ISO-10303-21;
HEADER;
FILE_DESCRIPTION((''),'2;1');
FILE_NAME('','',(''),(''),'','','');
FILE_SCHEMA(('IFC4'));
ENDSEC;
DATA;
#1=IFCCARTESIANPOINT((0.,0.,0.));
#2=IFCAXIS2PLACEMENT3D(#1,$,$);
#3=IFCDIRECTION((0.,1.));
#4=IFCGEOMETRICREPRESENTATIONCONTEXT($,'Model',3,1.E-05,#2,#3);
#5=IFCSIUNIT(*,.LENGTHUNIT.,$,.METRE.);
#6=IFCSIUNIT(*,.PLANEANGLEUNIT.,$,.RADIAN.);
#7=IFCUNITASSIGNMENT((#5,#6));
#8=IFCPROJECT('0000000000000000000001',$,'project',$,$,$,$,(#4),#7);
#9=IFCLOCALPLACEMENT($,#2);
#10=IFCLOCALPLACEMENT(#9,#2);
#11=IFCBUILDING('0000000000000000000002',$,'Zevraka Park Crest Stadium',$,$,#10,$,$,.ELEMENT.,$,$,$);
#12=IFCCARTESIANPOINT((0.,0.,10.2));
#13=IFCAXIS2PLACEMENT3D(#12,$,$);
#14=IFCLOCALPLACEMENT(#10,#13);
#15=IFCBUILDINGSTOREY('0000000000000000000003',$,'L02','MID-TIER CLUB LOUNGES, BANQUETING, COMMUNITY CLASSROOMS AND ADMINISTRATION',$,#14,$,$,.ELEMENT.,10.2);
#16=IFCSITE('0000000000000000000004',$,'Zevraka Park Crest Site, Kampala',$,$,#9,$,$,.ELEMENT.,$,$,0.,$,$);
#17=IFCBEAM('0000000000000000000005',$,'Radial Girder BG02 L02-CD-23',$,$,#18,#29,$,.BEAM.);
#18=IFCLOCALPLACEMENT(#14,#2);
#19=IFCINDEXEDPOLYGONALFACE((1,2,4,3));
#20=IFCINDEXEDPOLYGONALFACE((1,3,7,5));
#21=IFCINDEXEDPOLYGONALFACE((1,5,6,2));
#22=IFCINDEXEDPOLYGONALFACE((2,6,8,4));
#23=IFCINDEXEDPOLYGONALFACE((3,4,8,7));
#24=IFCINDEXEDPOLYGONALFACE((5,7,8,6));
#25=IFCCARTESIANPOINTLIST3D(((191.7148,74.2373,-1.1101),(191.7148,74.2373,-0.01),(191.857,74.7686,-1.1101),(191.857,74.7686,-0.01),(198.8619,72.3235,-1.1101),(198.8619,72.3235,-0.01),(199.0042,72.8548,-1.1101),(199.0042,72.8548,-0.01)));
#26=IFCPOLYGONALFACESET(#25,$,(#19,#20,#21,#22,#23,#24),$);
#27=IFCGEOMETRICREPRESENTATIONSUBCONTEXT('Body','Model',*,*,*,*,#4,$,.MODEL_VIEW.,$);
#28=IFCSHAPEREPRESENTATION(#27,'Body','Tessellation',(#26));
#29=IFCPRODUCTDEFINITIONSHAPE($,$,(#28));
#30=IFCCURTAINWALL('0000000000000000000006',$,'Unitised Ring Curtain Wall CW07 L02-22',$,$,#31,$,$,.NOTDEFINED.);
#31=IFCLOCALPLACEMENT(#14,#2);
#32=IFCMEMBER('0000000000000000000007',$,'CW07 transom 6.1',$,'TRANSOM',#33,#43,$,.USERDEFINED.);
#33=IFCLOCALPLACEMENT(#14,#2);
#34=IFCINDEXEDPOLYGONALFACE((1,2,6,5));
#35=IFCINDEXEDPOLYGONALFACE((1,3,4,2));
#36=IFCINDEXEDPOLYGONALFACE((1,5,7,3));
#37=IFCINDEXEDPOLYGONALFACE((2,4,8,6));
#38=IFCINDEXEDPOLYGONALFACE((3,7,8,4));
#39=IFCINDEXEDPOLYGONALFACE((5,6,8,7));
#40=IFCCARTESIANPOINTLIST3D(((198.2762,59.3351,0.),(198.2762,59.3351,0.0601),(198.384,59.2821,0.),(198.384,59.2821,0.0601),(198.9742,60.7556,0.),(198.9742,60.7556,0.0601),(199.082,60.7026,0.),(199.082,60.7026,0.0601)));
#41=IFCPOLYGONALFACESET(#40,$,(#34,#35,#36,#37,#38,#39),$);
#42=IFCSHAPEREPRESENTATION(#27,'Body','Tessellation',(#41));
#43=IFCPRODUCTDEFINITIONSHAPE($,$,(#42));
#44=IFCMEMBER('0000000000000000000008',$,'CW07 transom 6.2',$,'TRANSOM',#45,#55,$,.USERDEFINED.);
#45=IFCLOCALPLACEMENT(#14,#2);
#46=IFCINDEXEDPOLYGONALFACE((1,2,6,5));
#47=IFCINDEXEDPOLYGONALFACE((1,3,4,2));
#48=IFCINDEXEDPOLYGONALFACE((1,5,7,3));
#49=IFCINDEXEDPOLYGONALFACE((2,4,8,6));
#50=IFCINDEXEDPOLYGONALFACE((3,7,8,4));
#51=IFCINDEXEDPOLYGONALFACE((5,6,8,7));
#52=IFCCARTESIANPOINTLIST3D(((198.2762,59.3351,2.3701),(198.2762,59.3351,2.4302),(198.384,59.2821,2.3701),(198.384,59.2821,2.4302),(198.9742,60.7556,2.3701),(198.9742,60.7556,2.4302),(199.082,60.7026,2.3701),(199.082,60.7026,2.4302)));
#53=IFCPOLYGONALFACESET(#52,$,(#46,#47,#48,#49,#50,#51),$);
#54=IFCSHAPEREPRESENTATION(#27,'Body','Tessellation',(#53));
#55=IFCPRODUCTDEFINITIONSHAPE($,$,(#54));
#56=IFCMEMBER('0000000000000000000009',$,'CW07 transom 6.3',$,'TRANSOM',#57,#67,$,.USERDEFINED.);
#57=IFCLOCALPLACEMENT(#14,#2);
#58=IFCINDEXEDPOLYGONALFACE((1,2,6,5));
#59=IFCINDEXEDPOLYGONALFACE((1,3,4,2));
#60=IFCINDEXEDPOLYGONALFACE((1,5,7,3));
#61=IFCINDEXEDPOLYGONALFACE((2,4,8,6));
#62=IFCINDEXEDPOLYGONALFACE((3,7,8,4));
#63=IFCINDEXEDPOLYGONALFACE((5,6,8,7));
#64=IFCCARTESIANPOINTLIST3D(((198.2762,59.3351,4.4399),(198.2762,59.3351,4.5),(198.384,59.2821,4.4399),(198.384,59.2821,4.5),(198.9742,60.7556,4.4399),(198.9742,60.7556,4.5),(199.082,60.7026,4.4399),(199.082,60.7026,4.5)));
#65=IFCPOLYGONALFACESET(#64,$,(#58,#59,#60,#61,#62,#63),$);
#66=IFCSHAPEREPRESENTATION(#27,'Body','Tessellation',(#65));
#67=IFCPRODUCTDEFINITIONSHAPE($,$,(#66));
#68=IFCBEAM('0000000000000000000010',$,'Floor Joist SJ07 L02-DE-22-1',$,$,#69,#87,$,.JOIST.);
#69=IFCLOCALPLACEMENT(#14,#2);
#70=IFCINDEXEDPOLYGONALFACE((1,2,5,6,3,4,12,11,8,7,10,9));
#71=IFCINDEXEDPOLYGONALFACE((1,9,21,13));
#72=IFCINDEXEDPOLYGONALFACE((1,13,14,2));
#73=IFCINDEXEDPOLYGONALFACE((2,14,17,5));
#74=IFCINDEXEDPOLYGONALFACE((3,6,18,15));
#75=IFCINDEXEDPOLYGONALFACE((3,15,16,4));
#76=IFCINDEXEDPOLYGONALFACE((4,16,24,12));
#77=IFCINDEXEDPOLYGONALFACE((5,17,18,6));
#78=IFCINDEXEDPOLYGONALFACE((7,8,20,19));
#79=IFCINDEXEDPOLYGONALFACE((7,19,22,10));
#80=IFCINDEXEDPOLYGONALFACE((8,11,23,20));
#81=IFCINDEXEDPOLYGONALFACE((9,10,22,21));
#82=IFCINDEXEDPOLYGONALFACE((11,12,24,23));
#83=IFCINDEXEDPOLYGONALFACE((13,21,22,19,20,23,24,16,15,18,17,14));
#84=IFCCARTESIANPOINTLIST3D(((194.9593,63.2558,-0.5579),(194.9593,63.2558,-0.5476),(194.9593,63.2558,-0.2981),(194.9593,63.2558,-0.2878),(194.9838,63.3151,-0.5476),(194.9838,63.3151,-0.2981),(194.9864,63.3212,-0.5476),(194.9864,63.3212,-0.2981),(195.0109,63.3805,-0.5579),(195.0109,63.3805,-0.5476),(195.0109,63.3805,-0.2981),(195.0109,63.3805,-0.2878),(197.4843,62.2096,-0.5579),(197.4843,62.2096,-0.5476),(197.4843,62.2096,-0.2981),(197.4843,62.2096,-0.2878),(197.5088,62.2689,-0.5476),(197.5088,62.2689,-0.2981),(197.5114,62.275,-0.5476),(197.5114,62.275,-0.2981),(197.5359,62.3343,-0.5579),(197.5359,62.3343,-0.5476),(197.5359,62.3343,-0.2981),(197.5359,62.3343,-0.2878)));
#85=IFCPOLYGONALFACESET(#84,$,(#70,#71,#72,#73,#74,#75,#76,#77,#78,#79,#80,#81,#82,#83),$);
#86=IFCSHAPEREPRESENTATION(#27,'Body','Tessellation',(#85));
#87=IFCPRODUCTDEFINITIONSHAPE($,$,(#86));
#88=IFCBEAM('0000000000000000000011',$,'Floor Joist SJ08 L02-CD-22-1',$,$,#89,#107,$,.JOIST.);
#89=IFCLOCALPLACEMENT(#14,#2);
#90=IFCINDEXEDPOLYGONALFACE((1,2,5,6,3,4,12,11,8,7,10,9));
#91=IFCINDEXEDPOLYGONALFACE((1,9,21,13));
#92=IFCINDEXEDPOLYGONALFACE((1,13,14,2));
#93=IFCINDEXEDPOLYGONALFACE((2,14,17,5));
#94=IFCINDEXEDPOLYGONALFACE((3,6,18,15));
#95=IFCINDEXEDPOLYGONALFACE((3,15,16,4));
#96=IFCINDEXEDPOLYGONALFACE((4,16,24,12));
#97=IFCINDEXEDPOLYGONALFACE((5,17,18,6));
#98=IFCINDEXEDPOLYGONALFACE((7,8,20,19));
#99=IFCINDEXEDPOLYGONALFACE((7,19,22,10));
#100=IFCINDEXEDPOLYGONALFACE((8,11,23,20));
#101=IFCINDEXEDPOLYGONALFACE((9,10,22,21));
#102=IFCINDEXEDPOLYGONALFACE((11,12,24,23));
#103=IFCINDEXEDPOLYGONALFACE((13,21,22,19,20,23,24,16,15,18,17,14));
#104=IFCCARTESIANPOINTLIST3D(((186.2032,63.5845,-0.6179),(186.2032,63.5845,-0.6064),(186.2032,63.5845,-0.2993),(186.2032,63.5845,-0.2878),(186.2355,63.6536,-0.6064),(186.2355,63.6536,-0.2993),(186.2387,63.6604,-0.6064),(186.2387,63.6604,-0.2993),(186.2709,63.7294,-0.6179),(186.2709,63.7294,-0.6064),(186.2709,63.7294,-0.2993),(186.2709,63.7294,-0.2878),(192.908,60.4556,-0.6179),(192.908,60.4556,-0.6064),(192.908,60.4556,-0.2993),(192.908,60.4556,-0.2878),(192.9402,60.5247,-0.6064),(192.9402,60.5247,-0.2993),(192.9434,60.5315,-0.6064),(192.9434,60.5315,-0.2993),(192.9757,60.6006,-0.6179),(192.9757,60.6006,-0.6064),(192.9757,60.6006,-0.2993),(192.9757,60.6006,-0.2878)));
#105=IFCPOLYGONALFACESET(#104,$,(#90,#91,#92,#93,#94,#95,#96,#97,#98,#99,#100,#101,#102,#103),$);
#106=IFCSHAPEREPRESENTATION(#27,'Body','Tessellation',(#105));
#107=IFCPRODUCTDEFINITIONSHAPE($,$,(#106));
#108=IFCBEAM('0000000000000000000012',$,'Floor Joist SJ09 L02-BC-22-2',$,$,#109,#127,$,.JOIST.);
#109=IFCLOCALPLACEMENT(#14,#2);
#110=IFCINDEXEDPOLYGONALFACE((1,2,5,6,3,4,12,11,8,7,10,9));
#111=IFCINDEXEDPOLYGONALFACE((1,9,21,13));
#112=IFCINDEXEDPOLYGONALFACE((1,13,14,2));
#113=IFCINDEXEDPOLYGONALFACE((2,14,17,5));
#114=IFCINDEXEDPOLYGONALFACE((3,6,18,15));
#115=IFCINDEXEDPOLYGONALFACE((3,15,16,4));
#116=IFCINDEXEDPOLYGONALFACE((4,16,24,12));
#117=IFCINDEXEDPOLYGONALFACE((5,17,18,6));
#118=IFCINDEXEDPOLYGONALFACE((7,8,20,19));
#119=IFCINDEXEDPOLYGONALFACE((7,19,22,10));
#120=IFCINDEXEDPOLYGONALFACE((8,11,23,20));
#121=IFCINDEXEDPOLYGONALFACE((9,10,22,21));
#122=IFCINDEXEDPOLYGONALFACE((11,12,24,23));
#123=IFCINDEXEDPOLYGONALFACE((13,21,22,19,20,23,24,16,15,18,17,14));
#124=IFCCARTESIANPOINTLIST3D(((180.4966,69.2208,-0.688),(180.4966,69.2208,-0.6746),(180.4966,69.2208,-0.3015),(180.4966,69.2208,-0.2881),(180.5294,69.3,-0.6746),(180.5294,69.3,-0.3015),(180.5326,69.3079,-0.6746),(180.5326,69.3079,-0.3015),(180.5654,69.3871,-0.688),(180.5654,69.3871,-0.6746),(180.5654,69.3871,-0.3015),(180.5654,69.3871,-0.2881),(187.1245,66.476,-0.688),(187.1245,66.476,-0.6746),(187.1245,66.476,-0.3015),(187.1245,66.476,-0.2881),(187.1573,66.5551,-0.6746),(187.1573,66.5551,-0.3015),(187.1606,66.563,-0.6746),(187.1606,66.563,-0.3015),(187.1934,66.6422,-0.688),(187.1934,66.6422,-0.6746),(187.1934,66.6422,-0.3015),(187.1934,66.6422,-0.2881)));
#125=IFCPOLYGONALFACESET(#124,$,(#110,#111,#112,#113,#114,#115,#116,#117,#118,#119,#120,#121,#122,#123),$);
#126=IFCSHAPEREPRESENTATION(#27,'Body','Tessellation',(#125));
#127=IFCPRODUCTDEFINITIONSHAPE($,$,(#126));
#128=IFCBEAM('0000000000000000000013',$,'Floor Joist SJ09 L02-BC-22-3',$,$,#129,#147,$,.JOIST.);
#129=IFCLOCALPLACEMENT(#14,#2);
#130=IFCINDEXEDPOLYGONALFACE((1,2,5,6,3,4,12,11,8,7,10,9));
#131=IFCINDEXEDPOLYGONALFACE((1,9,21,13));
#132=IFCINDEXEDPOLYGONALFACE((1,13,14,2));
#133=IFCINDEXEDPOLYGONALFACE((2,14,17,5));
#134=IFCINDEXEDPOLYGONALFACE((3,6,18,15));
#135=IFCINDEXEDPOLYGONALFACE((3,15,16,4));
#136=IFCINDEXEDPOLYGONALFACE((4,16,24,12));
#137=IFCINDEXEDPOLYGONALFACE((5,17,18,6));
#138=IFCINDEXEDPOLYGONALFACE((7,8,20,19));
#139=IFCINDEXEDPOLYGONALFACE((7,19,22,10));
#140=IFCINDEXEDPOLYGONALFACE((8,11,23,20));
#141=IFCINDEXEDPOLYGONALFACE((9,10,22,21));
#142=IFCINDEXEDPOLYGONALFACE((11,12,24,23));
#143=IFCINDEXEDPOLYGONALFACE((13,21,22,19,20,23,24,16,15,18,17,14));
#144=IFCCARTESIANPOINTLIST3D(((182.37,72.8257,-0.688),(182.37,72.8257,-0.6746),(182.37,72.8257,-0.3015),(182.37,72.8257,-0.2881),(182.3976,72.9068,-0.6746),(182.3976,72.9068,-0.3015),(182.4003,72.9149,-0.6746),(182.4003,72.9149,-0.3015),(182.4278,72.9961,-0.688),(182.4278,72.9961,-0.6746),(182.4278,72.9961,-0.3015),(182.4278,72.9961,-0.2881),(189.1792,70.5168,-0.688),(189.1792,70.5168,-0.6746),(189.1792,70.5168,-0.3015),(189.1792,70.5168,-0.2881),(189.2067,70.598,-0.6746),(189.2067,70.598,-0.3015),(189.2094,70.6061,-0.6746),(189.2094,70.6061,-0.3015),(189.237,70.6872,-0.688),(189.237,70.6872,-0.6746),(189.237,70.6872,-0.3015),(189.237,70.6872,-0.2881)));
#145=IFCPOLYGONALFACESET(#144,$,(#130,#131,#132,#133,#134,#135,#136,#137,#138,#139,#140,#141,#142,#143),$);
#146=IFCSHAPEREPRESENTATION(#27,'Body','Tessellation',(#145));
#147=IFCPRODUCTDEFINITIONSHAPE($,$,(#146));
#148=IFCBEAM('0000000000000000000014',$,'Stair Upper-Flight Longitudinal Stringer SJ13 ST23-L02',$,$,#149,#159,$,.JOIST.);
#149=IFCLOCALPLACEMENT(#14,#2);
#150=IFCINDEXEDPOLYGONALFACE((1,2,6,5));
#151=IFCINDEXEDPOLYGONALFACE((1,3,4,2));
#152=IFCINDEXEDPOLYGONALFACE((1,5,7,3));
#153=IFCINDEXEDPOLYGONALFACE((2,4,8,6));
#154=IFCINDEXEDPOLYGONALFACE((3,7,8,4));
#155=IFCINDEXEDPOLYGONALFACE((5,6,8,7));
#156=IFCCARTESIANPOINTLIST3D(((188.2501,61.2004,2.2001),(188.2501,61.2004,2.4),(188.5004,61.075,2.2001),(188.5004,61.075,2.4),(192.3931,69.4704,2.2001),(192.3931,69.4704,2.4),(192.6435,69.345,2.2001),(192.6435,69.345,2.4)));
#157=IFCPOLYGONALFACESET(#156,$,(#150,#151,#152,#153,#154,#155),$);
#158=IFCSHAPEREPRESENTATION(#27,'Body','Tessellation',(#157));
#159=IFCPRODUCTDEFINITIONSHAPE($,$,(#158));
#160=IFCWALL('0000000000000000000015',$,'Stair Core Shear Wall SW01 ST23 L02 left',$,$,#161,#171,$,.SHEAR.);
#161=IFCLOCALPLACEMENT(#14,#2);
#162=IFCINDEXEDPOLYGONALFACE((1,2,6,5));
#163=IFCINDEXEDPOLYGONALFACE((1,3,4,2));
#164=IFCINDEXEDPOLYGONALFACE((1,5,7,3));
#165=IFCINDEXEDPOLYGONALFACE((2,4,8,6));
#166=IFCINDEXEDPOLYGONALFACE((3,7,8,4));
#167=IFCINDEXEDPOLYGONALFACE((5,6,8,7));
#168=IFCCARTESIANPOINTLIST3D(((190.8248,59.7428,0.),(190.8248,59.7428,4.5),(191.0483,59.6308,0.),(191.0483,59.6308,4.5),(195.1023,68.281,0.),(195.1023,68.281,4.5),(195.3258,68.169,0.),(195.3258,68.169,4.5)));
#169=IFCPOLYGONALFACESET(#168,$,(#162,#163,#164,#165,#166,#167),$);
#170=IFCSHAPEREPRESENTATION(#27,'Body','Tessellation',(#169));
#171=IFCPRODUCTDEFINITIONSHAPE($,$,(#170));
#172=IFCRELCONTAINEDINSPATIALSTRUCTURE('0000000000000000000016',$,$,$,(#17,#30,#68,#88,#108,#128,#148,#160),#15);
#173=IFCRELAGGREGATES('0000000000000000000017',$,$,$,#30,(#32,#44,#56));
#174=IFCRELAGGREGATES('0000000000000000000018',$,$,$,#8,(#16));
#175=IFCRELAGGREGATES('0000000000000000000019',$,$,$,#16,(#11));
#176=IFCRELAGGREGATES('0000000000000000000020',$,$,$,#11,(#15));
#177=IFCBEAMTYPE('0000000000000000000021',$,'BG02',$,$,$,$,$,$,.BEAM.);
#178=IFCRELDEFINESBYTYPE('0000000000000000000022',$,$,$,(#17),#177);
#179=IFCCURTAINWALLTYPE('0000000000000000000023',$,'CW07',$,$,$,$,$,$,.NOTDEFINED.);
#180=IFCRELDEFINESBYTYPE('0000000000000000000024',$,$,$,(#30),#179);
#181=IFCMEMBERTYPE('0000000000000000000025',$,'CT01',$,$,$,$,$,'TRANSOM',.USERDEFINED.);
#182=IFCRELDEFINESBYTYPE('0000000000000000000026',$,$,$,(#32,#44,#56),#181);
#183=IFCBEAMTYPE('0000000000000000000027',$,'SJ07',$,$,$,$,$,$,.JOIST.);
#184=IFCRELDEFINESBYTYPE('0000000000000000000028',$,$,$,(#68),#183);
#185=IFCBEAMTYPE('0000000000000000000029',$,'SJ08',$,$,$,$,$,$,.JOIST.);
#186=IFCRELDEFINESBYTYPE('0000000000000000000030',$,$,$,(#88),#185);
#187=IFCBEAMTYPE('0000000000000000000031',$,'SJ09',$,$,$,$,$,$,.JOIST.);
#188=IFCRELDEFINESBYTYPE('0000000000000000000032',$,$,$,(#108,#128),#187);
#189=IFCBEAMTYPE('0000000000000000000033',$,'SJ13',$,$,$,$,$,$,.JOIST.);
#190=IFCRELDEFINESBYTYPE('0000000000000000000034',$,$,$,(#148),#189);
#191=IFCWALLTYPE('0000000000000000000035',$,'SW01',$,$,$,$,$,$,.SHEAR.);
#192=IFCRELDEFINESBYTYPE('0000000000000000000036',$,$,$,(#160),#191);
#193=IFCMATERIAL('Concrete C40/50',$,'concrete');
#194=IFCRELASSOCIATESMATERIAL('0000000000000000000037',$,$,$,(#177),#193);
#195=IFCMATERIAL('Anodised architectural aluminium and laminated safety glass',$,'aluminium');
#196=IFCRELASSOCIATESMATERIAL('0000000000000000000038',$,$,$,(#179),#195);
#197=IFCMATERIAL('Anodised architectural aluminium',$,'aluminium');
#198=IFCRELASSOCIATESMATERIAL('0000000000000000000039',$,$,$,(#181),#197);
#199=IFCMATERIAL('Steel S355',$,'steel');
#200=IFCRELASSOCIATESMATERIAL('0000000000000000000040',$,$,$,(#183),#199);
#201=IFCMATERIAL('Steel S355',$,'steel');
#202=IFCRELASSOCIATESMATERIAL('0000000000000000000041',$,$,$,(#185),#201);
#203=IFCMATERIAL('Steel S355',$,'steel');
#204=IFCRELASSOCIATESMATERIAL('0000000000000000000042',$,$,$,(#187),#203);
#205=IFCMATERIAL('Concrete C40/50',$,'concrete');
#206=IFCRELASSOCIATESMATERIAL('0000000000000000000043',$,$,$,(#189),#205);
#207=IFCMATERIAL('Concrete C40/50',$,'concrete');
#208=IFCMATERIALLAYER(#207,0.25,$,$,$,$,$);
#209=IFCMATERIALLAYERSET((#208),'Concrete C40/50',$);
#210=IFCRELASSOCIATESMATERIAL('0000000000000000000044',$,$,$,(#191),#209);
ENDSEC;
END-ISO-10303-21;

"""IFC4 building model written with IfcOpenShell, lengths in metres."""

from ifc_helpers import new_model, si_unit, direction, frame, frame_2d, origin, origin_2d, place, context, subcontext, project, spatial, rectangle, i_section, extrude, material, layer, layer_set, material_profile, profile_set, type_object, element, aggregate, save


model = new_model("IFC4")

# Units and contexts
model_context = context("Model", 3, precision=1e-05, world=origin(), true_north=direction((0.0, 1.0)))
body_context = subcontext(model_context, "Body", "Model", "MODEL_VIEW")
ifc_project = project(units=[si_unit("LENGTHUNIT", "METRE"), si_unit("PLANEANGLEUNIT", "RADIAN")], contexts=[model_context])

# Site, building, storey
site_placement = place(None, origin())
site = spatial("IfcSite", under=ifc_project, at=site_placement, Name="Zevraka Park Crest Site, Kampala", CompositionType="ELEMENT", RefElevation=0.0)
building_placement = place(site_placement, origin())
building = spatial("IfcBuilding", under=site, at=building_placement, Name="Zevraka Park Crest Stadium", CompositionType="ELEMENT")
storey_placement = place(building_placement, frame((0.0, 0.0, 10.2)))
storey = spatial("IfcBuildingStorey", under=building, at=storey_placement, Name="L02", Description="MID-TIER CLUB LOUNGES, BANQUETING, COMMUNITY CLASSROOMS AND ADMINISTRATION", CompositionType="ELEMENT", Elevation=10.2)

# Beam
ifc_material_1 = material(Name="Concrete C40/50", Category="concrete")
ifc_material_profile_1 = material_profile(ifc_material_1, rectangle(XDim=0.55, YDim=1.1001, at=origin_2d()), Name="RC 1100x550")
ifc_profile_set_1 = profile_set([ifc_material_profile_1], Name="Concrete C40/50")
beam_type_1 = type_object("IfcBeamType", Name="BG02", PredefinedType="BEAM", material=ifc_profile_set_1)
beam_1_placement = place(storey_placement, frame((191.7859, 74.5029, -0.5601), z_axis=(0.965969, -0.258659, 0.0), x_axis=(0.258659, 0.965969, 0.0)))
element("IfcBeam", 1, at=beam_1_placement, inside=storey, type_object=beam_type_1, Name="Radial Girder BG02 L02-CD-23", PredefinedType="BEAM", context=body_context, shape_type="SweptSolid", body=[
    extrude(rectangle(XDim=0.55, YDim=1.1001, at=origin_2d()), origin(), (0.0, 0.0, 1.0), 7.3989),
])

# Curtain wall, members
ifc_material_2 = material(Name="Anodised architectural aluminium and laminated safety glass", Category="aluminium")
curtain_wall_type = type_object("IfcCurtainWallType", Name="CW07", PredefinedType="NOTDEFINED", material=ifc_material_2)
curtain_wall_placement = place(storey_placement, origin())
curtain_wall = element("IfcCurtainWall", 2, at=curtain_wall_placement, inside=storey, type_object=curtain_wall_type, Name="Unitised Ring Curtain Wall CW07 L02-22", PredefinedType="NOTDEFINED")
ifc_material_3 = material(Name="Anodised architectural aluminium", Category="aluminium")
ifc_material_profile_2 = material_profile(ifc_material_3, rectangle(XDim=0.1201, YDim=0.0601, at=origin_2d()), Name="ALU TRANSOM 120x60")
ifc_profile_set_2 = profile_set([ifc_material_profile_2], Name="Anodised architectural aluminium")
member_type = type_object("IfcMemberType", Name="CT01", ElementType="TRANSOM", PredefinedType="USERDEFINED", material=ifc_profile_set_2)
member_1_placement = place(storey_placement, frame((198.3301, 59.3086, 0.03), z_axis=(0.441033, 0.897491, 0.0), x_axis=(-0.897491, 0.441033, 0.0)))
member_1 = element("IfcMember", 3, at=member_1_placement, type_object=member_type, Name="CW07 transom 6.1", ObjectType="TRANSOM", PredefinedType="USERDEFINED", context=body_context, shape_type="SweptSolid", body=[
    extrude(rectangle(XDim=0.1201, YDim=0.0601, at=origin_2d()), origin(), (0.0, 0.0, 1.0), 1.5828),
])
member_2_placement = place(storey_placement, frame((198.3301, 59.3086, 2.4001), z_axis=(0.441033, 0.897491, 0.0), x_axis=(-0.897491, 0.441033, 0.0)))
member_2 = element("IfcMember", 4, at=member_2_placement, type_object=member_type, Name="CW07 transom 6.2", ObjectType="TRANSOM", PredefinedType="USERDEFINED", context=body_context, shape_type="SweptSolid", body=[
    extrude(rectangle(XDim=0.1201, YDim=0.0601, at=origin_2d()), origin(), (0.0, 0.0, 1.0), 1.5828),
])
member_3_placement = place(storey_placement, frame((198.3301, 59.3086, 4.47), z_axis=(0.441033, 0.897491, 0.0), x_axis=(-0.897491, 0.441033, 0.0)))
member_3 = element("IfcMember", 5, at=member_3_placement, type_object=member_type, Name="CW07 transom 6.3", ObjectType="TRANSOM", PredefinedType="USERDEFINED", context=body_context, shape_type="SweptSolid", body=[
    extrude(rectangle(XDim=0.1201, YDim=0.0601, at=origin_2d()), origin(), (0.0, 0.0, 1.0), 1.5828),
])
aggregate(curtain_wall, [member_1, member_2, member_3])

# Beams
ifc_material_4 = material(Name="Steel S355", Category="steel")
ifc_material_profile_3 = material_profile(ifc_material_4, i_section(OverallWidth=0.135, OverallDepth=0.27, WebThickness=0.0066, FlangeThickness=0.0103, at=origin_2d()), Name="IPE 270")
ifc_profile_set_3 = profile_set([ifc_material_profile_3], Name="Steel S355")
beam_type_2 = type_object("IfcBeamType", Name="SJ07", PredefinedType="JOIST", material=ifc_profile_set_3)
beam_2_placement = place(storey_placement, frame((194.9851, 63.3181, -0.4229), z_axis=(0.923842, -0.382775, 0.0), x_axis=(0.382775, 0.923842, 0.0)))
element("IfcBeam", 6, at=beam_2_placement, inside=storey, type_object=beam_type_2, Name="Floor Joist SJ07 L02-DE-22-1", PredefinedType="JOIST", context=body_context, shape_type="SweptSolid", body=[
    extrude(i_section(OverallWidth=0.135, OverallDepth=0.27, WebThickness=0.0066, FlangeThickness=0.0103, at=origin_2d()), origin(), (0.0, 0.0, 1.0), 2.7332),
])
ifc_material_5 = material(Name="Steel S355", Category="steel")
ifc_material_profile_4 = material_profile(ifc_material_5, i_section(OverallWidth=0.1599, OverallDepth=0.3301, WebThickness=0.0076, FlangeThickness=0.0115, at=origin_2d()), Name="IPE 330")
ifc_profile_set_4 = profile_set([ifc_material_profile_4], Name="Steel S355")
beam_type_3 = type_object("IfcBeamType", Name="SJ08", PredefinedType="JOIST", material=ifc_profile_set_4)
beam_3_placement = place(storey_placement, frame((186.2371, 63.657, -0.4529), z_axis=(0.906184, -0.422884, 0.0), x_axis=(0.422884, 0.906184, 0.0)))
element("IfcBeam", 7, at=beam_3_placement, inside=storey, type_object=beam_type_3, Name="Floor Joist SJ08 L02-CD-22-1", PredefinedType="JOIST", context=body_context, shape_type="SweptSolid", body=[
    extrude(i_section(OverallWidth=0.1599, OverallDepth=0.3301, WebThickness=0.0076, FlangeThickness=0.0115, at=origin_2d()), origin(), (0.0, 0.0, 1.0), 7.3989),
])
ifc_material_6 = material(Name="Steel S355", Category="steel")
ifc_material_profile_5 = material_profile(ifc_material_6, i_section(OverallWidth=0.1799, OverallDepth=0.3999, WebThickness=0.0085, FlangeThickness=0.0134, at=origin_2d()), Name="IPE 400")
ifc_profile_set_5 = profile_set([ifc_material_profile_5], Name="Steel S355")
beam_type_4 = type_object("IfcBeamType", Name="SJ09", PredefinedType="JOIST", material=ifc_profile_set_5)
beam_4_placement = place(storey_placement, frame((180.531, 69.304, -0.488), z_axis=(0.923904, -0.382623, 0.0), x_axis=(0.382623, 0.923904, 0.0)))
element("IfcBeam", 8, at=beam_4_placement, inside=storey, type_object=beam_type_4, Name="Floor Joist SJ09 L02-BC-22-2", PredefinedType="JOIST", context=body_context, shape_type="SweptSolid", body=[
    extrude(i_section(OverallWidth=0.1799, OverallDepth=0.3999, WebThickness=0.0085, FlangeThickness=0.0134, at=origin_2d()), origin(), (0.0, 0.0, 1.0), 7.1738),
])
beam_5_placement = place(storey_placement, frame((182.3989, 72.9109, -0.488), z_axis=(0.947037, -0.321123, 0.0), x_axis=(0.321123, 0.947037, 0.0)))
element("IfcBeam", 9, at=beam_5_placement, inside=storey, type_object=beam_type_4, Name="Floor Joist SJ09 L02-BC-22-3", PredefinedType="JOIST", context=body_context, shape_type="SweptSolid", body=[
    extrude(i_section(OverallWidth=0.1799, OverallDepth=0.3999, WebThickness=0.0085, FlangeThickness=0.0134, at=origin_2d()), origin(), (0.0, 0.0, 1.0), 7.1899),
])
ifc_material_7 = material(Name="Concrete C40/50", Category="concrete")
ifc_material_profile_6 = material_profile(ifc_material_7, rectangle(XDim=0.28, YDim=0.2, at=origin_2d()), Name="RC 200x280")
ifc_profile_set_6 = profile_set([ifc_material_profile_6], Name="Concrete C40/50")
beam_type_5 = type_object("IfcBeamType", Name="SJ13", PredefinedType="JOIST", material=ifc_profile_set_6)
beam_6_placement = place(storey_placement, frame((188.3752, 61.1377, 2.3), z_axis=(0.44791, 0.894079, 0.0), x_axis=(-0.894079, 0.44791, 0.0)))
element("IfcBeam", 10, at=beam_6_placement, inside=storey, type_object=beam_type_5, Name="Stair Upper-Flight Longitudinal Stringer SJ13 ST23-L02", PredefinedType="JOIST", context=body_context, shape_type="SweptSolid", body=[
    extrude(rectangle(XDim=0.28, YDim=0.2, at=origin_2d()), origin(), (0.0, 0.0, 1.0), 9.2498),
])

# Wall
ifc_material_8 = material(Name="Concrete C40/50", Category="concrete")
ifc_layer = layer(ifc_material_8, 0.25)
ifc_layer_set = layer_set([ifc_layer], Name="Concrete C40/50")
wall_type = type_object("IfcWallType", Name="SW01", PredefinedType="SHEAR", material=ifc_layer_set)
wall_1_placement = place(storey_placement, frame((190.9365, 59.6868, 0.0), z_axis=(0.0, 0.0, 1.0), x_axis=(0.447919, 0.894074, 0.0)))
element("IfcWall", 11, at=wall_1_placement, inside=storey, type_object=wall_type, Name="Stair Core Shear Wall SW01 ST23 L02 left", PredefinedType="SHEAR", context=body_context, shape_type="SweptSolid", body=[
    extrude(rectangle(XDim=9.5498, YDim=0.25, at=frame_2d((4.7749, 0.0))), origin(), (0.0, 0.0, 1.0), 4.5),
])

save(model, "model.ifc")
